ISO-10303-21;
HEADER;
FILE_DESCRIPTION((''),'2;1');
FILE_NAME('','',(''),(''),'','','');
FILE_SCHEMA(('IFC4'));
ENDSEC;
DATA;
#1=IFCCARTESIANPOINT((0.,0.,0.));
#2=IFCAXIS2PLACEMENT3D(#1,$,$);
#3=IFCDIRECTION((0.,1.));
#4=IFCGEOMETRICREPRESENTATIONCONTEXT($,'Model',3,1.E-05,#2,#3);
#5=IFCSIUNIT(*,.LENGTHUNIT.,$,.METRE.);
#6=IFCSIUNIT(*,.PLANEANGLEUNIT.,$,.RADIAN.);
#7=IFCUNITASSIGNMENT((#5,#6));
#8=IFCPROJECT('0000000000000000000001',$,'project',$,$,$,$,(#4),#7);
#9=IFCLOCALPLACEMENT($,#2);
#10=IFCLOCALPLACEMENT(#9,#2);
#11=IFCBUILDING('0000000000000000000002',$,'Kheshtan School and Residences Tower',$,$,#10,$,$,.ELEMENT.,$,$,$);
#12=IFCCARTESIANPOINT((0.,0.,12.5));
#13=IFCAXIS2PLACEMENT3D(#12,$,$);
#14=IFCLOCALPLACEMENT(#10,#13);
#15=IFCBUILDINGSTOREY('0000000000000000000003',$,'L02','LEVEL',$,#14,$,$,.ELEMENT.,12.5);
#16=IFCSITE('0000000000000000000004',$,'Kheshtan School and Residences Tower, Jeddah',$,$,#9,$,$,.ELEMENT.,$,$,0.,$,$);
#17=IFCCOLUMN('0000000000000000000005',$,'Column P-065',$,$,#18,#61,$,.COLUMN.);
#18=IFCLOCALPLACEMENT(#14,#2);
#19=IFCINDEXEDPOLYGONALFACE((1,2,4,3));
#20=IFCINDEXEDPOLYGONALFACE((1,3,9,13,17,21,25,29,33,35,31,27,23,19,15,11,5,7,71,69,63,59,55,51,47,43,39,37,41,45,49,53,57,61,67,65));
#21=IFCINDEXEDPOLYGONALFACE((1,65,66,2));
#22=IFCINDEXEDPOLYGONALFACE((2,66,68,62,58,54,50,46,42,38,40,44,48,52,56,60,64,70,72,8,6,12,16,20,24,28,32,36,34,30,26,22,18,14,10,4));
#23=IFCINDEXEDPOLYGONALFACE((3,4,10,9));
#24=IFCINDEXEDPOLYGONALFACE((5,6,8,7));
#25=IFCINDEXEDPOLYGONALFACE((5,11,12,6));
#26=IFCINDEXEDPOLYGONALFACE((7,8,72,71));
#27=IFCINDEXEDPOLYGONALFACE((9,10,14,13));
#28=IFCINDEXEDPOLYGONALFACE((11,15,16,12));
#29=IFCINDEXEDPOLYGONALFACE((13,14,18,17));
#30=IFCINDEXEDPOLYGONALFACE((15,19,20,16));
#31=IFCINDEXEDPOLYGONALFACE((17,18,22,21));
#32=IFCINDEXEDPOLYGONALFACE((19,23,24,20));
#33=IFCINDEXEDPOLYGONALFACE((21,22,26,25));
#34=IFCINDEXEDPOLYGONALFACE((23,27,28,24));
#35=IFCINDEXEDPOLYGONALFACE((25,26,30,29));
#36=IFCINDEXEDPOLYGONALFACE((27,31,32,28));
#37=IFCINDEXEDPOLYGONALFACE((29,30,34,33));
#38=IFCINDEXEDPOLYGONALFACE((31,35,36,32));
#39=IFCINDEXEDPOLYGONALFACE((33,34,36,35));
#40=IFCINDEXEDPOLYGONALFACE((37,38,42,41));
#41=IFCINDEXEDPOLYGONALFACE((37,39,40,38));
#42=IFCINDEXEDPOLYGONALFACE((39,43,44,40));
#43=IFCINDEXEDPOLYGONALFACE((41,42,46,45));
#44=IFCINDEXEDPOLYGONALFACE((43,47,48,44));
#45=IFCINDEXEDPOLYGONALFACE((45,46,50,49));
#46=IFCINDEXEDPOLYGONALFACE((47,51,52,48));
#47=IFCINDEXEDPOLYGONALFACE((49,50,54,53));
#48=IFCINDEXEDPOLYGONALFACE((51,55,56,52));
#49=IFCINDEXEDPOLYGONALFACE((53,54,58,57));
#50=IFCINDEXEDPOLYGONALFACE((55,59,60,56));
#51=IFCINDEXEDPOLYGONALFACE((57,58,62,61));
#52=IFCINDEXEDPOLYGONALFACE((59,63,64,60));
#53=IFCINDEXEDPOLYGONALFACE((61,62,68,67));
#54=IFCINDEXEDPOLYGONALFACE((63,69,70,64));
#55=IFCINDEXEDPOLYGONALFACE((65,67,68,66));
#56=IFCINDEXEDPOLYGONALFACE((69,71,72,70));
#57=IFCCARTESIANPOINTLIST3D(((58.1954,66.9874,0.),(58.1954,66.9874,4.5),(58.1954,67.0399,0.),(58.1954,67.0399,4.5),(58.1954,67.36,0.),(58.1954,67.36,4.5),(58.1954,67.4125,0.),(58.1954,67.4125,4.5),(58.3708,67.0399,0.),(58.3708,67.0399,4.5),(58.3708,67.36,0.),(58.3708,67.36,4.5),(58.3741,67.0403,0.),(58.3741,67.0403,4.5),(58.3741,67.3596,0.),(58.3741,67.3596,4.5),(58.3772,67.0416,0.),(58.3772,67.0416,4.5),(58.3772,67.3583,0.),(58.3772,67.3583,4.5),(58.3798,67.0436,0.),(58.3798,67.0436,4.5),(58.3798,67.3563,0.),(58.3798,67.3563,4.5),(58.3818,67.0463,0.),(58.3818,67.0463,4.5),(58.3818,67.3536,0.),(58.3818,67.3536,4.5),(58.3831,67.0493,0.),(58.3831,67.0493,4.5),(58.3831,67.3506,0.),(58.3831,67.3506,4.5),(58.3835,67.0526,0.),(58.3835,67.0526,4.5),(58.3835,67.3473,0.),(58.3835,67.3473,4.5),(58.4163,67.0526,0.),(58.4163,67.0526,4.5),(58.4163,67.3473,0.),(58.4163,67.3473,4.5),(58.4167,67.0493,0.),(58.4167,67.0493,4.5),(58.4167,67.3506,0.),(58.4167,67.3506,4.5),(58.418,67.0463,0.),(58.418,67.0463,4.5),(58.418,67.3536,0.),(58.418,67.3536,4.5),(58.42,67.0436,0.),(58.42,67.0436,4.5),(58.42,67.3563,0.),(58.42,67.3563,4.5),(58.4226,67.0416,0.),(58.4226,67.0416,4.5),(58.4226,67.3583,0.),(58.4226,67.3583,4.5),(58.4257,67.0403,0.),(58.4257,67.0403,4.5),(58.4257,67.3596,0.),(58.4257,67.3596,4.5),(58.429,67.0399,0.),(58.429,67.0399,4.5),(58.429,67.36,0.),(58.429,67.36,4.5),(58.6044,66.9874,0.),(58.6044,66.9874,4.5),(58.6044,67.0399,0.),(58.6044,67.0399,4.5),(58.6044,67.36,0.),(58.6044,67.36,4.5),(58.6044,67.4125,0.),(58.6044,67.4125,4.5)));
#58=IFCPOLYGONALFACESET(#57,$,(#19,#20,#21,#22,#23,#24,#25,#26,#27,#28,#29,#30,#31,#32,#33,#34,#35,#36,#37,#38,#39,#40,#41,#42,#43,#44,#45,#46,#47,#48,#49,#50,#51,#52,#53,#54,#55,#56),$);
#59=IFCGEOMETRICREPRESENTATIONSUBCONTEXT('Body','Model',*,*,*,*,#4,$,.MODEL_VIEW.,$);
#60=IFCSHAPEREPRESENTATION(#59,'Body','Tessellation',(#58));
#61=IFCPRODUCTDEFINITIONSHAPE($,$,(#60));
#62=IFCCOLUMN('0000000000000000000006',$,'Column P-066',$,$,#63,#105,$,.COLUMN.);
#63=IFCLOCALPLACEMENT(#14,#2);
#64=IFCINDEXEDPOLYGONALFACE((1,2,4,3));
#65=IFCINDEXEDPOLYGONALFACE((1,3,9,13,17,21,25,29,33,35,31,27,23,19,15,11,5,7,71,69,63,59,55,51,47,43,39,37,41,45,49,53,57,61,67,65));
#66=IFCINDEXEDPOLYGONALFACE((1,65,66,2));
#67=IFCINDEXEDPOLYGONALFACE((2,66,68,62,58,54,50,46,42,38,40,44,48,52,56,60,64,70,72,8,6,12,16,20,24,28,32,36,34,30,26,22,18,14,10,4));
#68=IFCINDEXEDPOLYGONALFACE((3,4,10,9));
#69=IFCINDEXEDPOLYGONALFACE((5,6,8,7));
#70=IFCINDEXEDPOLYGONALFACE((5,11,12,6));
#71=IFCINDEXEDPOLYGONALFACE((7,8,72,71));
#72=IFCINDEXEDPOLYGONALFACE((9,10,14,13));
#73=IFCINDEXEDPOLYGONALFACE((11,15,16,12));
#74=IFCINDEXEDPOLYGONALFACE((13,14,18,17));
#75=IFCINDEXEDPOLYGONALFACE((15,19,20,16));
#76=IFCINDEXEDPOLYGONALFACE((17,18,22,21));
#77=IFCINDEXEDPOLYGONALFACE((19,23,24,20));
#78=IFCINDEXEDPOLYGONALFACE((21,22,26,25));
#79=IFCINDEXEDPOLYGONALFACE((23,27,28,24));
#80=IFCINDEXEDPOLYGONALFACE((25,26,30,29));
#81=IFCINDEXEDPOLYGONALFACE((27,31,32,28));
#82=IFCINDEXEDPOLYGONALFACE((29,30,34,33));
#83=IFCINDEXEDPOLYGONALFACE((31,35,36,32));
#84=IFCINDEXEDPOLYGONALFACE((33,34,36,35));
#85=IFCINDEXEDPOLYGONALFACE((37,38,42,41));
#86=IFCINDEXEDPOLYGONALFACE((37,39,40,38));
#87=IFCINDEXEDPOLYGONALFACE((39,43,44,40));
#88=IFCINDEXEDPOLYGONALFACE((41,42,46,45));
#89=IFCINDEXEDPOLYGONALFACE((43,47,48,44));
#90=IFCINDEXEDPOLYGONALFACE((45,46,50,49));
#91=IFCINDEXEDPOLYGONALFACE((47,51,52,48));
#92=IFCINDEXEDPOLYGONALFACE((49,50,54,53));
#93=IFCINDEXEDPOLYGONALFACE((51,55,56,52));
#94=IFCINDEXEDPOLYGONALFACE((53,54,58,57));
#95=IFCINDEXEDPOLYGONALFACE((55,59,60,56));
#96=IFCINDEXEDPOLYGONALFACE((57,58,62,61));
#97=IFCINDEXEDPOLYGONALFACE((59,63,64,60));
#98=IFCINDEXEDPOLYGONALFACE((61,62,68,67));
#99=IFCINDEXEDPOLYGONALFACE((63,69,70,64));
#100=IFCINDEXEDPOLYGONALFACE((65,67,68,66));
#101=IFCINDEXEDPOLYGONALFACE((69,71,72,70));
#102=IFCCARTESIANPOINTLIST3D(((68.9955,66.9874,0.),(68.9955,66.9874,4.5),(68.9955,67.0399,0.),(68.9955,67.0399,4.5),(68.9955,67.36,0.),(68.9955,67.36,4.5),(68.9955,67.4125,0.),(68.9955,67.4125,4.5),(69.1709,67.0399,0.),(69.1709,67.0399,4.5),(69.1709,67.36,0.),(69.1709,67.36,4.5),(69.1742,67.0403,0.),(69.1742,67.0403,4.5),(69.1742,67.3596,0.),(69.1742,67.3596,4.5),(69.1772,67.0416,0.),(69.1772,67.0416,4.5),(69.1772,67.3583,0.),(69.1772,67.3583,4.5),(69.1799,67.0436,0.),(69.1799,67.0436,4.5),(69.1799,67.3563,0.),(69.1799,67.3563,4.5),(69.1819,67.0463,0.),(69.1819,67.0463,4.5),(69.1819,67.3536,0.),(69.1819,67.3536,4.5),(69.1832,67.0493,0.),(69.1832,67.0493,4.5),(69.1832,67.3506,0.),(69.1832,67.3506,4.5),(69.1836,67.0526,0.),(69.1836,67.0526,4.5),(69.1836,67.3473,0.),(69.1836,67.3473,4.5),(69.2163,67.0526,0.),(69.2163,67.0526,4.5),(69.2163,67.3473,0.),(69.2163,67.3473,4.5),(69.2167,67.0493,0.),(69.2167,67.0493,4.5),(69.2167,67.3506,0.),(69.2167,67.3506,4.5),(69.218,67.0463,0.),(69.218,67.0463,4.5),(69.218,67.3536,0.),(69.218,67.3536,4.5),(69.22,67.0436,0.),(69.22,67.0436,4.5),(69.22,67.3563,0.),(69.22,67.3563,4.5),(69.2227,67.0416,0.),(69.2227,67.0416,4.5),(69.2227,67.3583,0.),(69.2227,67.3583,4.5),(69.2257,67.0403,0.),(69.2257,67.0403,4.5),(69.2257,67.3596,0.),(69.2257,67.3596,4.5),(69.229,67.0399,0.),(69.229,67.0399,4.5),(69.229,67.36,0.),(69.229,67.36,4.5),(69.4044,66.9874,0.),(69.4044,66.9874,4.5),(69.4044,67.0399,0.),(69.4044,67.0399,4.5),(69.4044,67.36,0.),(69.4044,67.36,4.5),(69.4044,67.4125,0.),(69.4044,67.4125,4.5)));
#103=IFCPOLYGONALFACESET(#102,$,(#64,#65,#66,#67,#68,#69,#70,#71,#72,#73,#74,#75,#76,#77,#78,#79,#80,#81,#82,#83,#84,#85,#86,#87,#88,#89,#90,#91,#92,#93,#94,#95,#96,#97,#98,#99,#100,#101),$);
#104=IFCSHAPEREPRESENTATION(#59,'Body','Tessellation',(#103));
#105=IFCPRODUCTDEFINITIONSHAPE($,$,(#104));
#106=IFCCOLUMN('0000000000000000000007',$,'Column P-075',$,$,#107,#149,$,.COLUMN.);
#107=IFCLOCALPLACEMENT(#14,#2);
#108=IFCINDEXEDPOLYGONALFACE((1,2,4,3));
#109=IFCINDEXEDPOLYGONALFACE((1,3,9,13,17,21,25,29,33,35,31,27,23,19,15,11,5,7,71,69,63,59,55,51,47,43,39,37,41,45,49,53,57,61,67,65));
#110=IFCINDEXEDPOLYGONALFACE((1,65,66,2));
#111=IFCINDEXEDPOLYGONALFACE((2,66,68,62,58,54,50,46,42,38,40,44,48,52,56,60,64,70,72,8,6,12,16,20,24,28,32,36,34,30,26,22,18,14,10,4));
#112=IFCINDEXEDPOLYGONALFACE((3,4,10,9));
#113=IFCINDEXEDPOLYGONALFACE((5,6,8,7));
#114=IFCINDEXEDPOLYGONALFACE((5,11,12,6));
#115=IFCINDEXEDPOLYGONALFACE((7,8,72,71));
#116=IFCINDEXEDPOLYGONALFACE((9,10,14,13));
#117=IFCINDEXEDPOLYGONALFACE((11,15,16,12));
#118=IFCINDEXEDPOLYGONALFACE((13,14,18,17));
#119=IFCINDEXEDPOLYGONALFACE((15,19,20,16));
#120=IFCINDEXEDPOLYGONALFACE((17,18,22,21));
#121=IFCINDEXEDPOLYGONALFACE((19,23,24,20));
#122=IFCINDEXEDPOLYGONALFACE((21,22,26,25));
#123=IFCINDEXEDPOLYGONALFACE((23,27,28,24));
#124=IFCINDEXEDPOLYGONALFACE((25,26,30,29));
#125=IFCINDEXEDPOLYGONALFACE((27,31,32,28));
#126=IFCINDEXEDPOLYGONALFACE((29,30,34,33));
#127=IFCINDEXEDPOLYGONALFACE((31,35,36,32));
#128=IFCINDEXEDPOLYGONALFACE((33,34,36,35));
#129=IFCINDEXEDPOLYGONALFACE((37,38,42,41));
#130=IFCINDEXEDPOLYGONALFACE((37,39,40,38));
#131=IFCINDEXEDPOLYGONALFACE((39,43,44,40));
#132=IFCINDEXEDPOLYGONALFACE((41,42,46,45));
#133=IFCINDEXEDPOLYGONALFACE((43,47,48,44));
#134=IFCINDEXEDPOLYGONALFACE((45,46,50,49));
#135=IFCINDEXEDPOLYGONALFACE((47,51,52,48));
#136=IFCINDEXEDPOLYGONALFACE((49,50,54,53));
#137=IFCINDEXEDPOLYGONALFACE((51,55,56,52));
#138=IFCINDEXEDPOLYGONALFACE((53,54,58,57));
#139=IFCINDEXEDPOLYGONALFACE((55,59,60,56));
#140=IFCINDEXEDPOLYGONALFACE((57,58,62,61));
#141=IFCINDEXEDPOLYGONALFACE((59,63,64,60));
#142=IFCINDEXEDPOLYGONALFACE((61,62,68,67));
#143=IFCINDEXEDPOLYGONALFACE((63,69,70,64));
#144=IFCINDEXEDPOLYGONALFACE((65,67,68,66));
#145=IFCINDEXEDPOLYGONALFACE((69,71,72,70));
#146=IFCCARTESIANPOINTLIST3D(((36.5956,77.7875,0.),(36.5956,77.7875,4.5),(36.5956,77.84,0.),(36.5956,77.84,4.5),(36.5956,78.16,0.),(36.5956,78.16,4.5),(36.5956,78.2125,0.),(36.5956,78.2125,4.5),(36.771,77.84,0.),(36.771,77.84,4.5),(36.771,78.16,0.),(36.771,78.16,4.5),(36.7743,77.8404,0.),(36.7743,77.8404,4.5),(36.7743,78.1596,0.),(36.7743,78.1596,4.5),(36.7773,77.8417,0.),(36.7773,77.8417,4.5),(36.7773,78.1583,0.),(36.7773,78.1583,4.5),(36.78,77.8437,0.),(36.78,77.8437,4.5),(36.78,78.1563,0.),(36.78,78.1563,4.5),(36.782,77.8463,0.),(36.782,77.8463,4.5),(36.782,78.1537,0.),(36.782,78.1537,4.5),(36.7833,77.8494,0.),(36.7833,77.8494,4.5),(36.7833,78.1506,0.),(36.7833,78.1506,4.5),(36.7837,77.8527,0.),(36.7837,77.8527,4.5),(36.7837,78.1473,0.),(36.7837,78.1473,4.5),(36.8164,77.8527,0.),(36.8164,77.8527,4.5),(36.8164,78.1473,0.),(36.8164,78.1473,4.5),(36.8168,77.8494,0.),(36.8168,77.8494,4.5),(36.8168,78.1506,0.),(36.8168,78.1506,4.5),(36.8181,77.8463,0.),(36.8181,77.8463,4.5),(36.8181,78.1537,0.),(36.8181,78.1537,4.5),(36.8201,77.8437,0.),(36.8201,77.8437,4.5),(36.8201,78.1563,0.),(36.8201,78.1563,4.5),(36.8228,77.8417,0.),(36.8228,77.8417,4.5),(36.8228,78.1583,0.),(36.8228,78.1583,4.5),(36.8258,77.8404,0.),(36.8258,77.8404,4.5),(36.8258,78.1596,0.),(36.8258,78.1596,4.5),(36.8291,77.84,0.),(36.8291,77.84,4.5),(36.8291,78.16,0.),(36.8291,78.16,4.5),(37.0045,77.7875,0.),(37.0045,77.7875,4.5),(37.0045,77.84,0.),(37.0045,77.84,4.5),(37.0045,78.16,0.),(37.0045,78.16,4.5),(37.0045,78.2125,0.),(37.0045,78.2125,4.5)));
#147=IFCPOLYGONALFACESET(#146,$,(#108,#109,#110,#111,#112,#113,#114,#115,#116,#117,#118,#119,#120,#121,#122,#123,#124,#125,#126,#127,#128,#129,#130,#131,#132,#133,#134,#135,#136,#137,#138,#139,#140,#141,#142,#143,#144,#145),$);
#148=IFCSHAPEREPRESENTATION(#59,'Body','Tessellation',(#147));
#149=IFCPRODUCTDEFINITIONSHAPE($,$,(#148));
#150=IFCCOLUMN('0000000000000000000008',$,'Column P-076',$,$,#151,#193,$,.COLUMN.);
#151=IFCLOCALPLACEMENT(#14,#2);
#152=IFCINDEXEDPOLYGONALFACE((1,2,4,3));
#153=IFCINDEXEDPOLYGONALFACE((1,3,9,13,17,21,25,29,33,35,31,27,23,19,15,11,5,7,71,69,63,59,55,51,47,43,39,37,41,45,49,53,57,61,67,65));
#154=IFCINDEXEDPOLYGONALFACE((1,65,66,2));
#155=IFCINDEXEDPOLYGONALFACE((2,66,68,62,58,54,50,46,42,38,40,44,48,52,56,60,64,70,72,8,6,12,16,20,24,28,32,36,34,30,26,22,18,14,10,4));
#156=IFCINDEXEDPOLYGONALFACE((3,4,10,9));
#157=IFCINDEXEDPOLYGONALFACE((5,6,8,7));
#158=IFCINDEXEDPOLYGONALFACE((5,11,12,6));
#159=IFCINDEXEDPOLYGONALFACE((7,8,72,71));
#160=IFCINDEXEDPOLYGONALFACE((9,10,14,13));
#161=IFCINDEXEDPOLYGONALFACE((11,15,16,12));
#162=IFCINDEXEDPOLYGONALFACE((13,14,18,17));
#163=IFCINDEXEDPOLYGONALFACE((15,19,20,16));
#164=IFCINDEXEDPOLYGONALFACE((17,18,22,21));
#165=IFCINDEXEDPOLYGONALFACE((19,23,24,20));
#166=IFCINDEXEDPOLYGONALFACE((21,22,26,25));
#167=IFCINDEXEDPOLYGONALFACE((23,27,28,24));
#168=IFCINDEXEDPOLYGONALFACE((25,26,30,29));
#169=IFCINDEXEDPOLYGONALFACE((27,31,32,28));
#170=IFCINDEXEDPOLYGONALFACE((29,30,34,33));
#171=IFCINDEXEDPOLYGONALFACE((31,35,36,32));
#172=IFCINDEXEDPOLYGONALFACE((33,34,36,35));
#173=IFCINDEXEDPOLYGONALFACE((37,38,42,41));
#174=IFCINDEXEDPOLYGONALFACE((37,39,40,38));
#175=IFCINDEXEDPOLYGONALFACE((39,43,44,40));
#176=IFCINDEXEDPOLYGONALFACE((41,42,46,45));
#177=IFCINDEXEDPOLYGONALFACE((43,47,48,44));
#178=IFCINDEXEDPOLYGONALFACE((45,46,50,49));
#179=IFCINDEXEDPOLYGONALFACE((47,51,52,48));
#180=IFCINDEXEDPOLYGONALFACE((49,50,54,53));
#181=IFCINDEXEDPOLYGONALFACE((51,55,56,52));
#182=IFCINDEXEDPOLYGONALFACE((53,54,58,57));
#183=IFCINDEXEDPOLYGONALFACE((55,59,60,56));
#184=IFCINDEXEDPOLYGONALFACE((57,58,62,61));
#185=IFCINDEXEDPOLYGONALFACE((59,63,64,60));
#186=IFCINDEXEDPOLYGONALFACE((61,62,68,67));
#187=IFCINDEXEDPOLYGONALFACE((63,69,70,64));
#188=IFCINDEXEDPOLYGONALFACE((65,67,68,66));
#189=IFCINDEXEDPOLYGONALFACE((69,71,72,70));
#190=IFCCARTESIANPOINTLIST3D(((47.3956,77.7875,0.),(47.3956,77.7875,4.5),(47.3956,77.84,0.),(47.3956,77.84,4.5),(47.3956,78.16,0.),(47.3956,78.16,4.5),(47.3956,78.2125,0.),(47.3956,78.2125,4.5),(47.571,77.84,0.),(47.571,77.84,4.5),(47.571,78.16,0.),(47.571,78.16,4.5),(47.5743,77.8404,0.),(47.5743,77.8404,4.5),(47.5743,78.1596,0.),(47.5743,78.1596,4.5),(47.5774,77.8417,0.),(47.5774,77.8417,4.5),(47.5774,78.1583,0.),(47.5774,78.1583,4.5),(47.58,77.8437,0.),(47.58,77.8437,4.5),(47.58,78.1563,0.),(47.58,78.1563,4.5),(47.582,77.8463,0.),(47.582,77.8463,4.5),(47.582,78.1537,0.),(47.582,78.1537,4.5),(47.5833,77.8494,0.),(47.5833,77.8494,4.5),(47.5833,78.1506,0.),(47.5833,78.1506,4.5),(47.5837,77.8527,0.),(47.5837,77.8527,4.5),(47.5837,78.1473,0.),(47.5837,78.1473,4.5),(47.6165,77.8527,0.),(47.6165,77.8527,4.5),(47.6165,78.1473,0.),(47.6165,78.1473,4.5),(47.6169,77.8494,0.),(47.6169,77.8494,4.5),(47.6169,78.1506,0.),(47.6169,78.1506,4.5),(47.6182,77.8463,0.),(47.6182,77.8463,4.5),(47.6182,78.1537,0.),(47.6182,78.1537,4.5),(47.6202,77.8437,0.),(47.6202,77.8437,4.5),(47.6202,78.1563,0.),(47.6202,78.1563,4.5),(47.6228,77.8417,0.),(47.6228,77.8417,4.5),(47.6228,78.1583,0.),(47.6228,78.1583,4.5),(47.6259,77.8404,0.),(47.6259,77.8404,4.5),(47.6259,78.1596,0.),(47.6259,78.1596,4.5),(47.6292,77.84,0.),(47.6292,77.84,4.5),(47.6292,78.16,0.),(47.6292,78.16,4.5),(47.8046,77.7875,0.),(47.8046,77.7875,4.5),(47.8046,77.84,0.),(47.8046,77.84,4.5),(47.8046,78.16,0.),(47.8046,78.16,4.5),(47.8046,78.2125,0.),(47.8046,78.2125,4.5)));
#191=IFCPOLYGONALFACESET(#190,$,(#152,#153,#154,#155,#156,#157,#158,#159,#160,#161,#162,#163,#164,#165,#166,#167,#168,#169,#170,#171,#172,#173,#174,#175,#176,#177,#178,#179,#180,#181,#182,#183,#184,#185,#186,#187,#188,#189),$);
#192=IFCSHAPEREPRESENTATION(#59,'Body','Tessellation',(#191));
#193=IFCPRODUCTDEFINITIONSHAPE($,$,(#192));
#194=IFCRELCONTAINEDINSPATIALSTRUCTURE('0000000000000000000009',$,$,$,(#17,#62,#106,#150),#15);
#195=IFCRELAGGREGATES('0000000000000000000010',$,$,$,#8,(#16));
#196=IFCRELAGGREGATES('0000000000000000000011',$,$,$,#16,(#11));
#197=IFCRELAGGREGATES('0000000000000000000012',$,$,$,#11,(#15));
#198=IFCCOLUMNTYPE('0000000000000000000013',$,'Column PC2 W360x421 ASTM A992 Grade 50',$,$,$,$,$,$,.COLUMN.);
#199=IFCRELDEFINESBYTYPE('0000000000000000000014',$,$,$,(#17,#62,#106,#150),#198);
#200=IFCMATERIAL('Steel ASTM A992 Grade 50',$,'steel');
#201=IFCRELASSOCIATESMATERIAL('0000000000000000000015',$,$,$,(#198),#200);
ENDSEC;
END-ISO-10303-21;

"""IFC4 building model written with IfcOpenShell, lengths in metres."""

from ifc_helpers import new_model, si_unit, direction, frame, origin, origin_2d, place, context, subcontext, project, spatial, i_section, extrude, material, material_profile, profile_set, type_object, element, save


model = new_model("IFC4")

# Units and contexts
model_context = context("Model", 3, precision=1e-05, world=origin(), true_north=direction((0.0, 1.0)))
body_context = subcontext(model_context, "Body", "Model", "MODEL_VIEW")
ifc_project = project(units=[si_unit("LENGTHUNIT", "METRE"), si_unit("PLANEANGLEUNIT", "RADIAN")], contexts=[model_context])

# Site, building, storey
site_placement = place(None, origin())
site = spatial("IfcSite", under=ifc_project, at=site_placement, Name="Kheshtan School and Residences Tower, Jeddah", CompositionType="ELEMENT", RefElevation=0.0)
building_placement = place(site_placement, origin())
building = spatial("IfcBuilding", under=site, at=building_placement, Name="Kheshtan School and Residences Tower", CompositionType="ELEMENT")
storey_placement = place(building_placement, frame((0.0, 0.0, 12.5)))
storey = spatial("IfcBuildingStorey", under=building, at=storey_placement, Name="L02", Description="LEVEL", CompositionType="ELEMENT", Elevation=12.5)

# Columns
ifc_material_1 = material(Name="Steel ASTM A992 Grade 50", Category="steel")
ifc_material_profile_1 = material_profile(ifc_material_1, i_section(OverallWidth=0.4089, OverallDepth=0.425, WebThickness=0.0327, FlangeThickness=0.0525, FilletRadius=0.0127, at=origin_2d()), Name="W360x421")
ifc_profile_set_1 = profile_set([ifc_material_profile_1], Name="Steel ASTM A992 Grade 50")
column_type = type_object("IfcColumnType", Name="Column PC2 W360x421 ASTM A992 Grade 50", PredefinedType="COLUMN", material=ifc_profile_set_1)
for number, where, z_axis, x_axis, name in (
    (1, (58.3999, 67.2, 0.0), (0.0, 0.0, 1.0), (1.0, 0.0, 0.0), "Column P-065"),
    (2, (69.2, 67.2, 0.0), (0.0, 0.0, 1.0), (1.0, 0.0, 0.0), "Column P-066"),
    (3, (36.8, 78.0, 0.0), (0.0, 0.0, 1.0), (1.0, 0.0, 0.0), "Column P-075"),
    (4, (47.6001, 78.0, 0.0), (0.0, 0.0, 1.0), (1.0, 0.0, 0.0), "Column P-076"),
):
    element("IfcColumn", number, at=place(storey_placement, frame(where, z_axis=z_axis, x_axis=x_axis)), inside=storey, type_object=column_type, Name=name, PredefinedType="COLUMN", context=body_context, shape_type="SweptSolid", body=[
        extrude(i_section(OverallWidth=0.4089, OverallDepth=0.425, WebThickness=0.0327, FlangeThickness=0.0525, FilletRadius=0.0127, at=origin_2d()), origin(), (0.0, 0.0, 1.0), 4.5),
    ])

save(model, "model.ifc")
